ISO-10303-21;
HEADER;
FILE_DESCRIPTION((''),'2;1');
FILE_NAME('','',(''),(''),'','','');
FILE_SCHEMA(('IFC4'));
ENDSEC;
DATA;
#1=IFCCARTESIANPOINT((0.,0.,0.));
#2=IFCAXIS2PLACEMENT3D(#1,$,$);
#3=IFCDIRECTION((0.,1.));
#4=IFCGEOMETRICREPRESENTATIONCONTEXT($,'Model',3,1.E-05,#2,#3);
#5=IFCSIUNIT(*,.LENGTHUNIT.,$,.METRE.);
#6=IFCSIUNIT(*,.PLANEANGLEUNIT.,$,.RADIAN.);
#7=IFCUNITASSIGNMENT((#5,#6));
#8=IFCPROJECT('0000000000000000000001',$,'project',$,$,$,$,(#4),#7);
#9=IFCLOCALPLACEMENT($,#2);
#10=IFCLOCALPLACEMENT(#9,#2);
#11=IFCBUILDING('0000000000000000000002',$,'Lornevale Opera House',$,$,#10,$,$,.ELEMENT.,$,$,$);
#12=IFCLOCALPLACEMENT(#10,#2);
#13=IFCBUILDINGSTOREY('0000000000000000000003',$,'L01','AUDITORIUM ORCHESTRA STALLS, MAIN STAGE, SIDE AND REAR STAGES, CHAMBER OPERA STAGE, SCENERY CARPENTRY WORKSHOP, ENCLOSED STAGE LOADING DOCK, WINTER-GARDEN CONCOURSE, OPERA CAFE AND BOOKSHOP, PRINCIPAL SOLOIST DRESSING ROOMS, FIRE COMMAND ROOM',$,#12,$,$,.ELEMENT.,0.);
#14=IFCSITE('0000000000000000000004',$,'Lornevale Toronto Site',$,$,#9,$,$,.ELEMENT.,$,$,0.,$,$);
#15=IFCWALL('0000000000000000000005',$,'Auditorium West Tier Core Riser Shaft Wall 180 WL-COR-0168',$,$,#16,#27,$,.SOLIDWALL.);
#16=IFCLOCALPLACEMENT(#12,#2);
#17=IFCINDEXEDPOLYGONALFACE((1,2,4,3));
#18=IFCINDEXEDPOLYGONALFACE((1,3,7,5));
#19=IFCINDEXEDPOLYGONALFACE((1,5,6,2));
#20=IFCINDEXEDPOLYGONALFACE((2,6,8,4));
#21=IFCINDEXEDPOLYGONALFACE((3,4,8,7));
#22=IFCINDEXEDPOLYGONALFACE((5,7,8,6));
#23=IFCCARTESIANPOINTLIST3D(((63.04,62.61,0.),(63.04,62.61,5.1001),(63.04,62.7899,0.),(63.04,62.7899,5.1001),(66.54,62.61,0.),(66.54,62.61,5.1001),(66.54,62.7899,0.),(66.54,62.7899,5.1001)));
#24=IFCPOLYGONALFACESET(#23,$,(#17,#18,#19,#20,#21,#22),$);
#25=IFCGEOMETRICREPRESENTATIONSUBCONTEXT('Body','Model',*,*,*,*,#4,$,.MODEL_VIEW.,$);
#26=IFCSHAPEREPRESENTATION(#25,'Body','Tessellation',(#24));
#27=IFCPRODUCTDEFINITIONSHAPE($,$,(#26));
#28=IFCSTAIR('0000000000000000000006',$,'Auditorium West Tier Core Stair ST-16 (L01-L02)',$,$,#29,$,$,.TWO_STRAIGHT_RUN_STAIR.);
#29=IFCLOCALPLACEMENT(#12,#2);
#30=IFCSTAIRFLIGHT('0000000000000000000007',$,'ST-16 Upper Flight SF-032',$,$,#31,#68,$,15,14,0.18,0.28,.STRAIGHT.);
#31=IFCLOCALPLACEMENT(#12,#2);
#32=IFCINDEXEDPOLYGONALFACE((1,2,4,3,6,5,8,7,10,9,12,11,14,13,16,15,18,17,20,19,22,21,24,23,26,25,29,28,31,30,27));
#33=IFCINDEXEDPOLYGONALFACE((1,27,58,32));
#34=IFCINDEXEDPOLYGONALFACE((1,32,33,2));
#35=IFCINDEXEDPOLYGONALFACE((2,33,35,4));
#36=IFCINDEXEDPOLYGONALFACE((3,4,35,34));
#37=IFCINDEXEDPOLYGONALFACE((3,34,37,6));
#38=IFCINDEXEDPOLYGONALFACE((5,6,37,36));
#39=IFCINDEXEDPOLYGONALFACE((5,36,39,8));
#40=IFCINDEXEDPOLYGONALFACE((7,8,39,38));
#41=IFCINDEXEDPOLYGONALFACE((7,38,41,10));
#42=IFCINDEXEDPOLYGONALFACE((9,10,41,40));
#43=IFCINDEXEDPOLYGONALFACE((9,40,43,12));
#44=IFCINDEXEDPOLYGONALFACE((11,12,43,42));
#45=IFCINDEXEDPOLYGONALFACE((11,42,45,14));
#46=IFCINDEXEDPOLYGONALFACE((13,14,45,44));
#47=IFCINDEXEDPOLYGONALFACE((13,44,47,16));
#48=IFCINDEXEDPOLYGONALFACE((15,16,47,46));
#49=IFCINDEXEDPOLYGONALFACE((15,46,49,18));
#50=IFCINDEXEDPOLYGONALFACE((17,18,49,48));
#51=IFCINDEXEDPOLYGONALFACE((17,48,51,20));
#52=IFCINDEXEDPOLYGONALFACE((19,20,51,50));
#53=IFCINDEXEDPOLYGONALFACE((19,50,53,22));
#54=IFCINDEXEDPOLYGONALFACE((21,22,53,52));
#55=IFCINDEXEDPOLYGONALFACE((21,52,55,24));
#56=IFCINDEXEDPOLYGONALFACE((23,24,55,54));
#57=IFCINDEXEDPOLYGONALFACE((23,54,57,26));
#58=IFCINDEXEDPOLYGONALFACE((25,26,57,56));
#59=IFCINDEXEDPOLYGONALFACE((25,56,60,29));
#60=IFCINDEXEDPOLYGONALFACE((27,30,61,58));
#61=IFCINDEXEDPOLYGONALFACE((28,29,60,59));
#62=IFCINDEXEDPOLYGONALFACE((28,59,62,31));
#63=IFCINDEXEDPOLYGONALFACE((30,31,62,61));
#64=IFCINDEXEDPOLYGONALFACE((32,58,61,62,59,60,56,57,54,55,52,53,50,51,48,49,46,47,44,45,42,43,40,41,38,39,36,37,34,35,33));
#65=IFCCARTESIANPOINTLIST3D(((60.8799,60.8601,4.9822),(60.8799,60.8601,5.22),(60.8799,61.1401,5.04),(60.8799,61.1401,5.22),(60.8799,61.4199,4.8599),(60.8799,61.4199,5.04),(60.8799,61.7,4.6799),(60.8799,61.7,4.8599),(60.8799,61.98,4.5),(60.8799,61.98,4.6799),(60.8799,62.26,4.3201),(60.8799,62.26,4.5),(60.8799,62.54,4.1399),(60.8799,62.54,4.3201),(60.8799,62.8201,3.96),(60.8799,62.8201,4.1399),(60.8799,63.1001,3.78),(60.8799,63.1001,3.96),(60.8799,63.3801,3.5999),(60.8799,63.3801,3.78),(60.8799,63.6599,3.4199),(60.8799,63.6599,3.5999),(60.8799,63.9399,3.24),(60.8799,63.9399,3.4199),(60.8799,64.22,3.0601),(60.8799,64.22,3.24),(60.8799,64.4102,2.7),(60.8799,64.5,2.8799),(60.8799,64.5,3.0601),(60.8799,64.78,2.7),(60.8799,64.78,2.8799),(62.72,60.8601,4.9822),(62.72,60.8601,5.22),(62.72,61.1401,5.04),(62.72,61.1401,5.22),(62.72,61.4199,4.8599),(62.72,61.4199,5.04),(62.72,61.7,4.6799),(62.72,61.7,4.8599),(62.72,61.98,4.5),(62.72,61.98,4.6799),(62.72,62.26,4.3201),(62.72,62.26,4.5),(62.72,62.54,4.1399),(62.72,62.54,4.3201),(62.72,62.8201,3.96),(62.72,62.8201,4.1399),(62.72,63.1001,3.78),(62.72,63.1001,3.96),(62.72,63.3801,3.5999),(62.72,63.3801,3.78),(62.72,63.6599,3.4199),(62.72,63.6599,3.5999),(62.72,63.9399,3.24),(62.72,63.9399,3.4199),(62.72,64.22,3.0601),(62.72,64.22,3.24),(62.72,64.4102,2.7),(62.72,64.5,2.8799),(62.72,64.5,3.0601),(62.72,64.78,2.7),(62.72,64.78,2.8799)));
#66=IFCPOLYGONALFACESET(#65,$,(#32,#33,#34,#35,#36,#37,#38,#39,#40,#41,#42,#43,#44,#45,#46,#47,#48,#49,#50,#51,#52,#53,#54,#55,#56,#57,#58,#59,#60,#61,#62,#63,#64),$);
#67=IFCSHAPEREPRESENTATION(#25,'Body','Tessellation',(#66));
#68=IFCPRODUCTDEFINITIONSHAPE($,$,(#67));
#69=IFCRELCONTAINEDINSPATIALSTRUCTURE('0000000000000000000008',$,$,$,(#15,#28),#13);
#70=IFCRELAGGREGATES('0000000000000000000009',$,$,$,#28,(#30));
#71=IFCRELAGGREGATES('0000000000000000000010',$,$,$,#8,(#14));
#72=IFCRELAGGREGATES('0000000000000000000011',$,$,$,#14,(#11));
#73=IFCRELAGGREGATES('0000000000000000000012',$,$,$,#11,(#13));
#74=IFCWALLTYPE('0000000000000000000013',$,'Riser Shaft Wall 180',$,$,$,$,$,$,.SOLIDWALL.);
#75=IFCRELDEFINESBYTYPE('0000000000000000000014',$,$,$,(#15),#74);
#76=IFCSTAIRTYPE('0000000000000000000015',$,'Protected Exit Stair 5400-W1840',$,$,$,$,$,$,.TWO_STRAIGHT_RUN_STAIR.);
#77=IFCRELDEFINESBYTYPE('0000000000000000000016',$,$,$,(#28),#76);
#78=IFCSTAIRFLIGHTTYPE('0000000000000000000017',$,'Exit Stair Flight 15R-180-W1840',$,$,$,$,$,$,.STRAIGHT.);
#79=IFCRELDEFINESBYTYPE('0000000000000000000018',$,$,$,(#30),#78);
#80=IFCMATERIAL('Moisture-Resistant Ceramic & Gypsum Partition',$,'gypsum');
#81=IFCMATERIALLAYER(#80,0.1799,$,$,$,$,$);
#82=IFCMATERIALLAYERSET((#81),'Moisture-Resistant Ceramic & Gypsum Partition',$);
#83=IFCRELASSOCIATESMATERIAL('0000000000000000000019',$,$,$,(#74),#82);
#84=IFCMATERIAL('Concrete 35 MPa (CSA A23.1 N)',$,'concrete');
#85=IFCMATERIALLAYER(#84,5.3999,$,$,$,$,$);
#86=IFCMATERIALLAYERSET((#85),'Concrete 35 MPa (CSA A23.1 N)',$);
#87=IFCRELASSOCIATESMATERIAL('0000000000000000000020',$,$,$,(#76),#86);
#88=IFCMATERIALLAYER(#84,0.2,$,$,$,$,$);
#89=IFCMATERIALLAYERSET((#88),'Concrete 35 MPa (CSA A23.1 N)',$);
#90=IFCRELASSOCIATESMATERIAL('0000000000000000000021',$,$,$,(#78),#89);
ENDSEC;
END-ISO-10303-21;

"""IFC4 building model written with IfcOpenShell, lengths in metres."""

from ifc_helpers import new_model, si_unit, direction, frame, frame_2d, origin, place, context, subcontext, project, spatial, polyline, rectangle, outline, extrude, material, layer, layer_set, type_object, element, aggregate, save


model = new_model("IFC4")

# Units and contexts
model_context = context("Model", 3, precision=1e-05, world=origin(), true_north=direction((0.0, 1.0)))
body_context = subcontext(model_context, "Body", "Model", "MODEL_VIEW")
ifc_project = project(units=[si_unit("LENGTHUNIT", "METRE"), si_unit("PLANEANGLEUNIT", "RADIAN")], contexts=[model_context])

# Site, building, storey
site_placement = place(None, origin())
site = spatial("IfcSite", under=ifc_project, at=site_placement, Name="Lornevale Toronto Site", CompositionType="ELEMENT", RefElevation=0.0)
building_placement = place(site_placement, origin())
building = spatial("IfcBuilding", under=site, at=building_placement, Name="Lornevale Opera House", CompositionType="ELEMENT")
storey_placement = place(building_placement, origin())
storey = spatial("IfcBuildingStorey", under=building, at=storey_placement, Name="L01", Description="AUDITORIUM ORCHESTRA STALLS, MAIN STAGE, SIDE AND REAR STAGES, CHAMBER OPERA STAGE, SCENERY CARPENTRY WORKSHOP, ENCLOSED STAGE LOADING DOCK, WINTER-GARDEN CONCOURSE, OPERA CAFE AND BOOKSHOP, PRINCIPAL SOLOIST DRESSING ROOMS, FIRE COMMAND ROOM", CompositionType="ELEMENT", Elevation=0.0)

# Shared definitions
ifc_material_1 = material(Name="Concrete 35 MPa (CSA A23.1 N)", Category="concrete")

# Wall
ifc_material_2 = material(Name="Moisture-Resistant Ceramic & Gypsum Partition", Category="gypsum")
ifc_layer_1 = layer(ifc_material_2, 0.1799)
ifc_layer_set_1 = layer_set([ifc_layer_1], Name="Moisture-Resistant Ceramic & Gypsum Partition")
wall_type_1 = type_object("IfcWallType", Name="Riser Shaft Wall 180", PredefinedType="SOLIDWALL", material=ifc_layer_set_1)
wall_1_placement = place(storey_placement, frame((63.04, 62.7, 0.0), z_axis=(0.0, 0.0, 1.0), x_axis=(1.0, 0.0, 0.0)))
element("IfcWall", 1, at=wall_1_placement, inside=storey, type_object=wall_type_1, Name="Auditorium West Tier Core Riser Shaft Wall 180 WL-COR-0168", PredefinedType="SOLIDWALL", context=body_context, shape_type="SweptSolid", body=[
    extrude(rectangle(XDim=3.5, YDim=0.1799, at=frame_2d((1.75, 0.0))), origin(), (0.0, 0.0, 1.0), 5.1001),
])

# Stair, stair flight
ifc_layer_2 = layer(ifc_material_1, 5.3999)
ifc_layer_set_2 = layer_set([ifc_layer_2], Name="Concrete 35 MPa (CSA A23.1 N)")
stair_type = type_object("IfcStairType", Name="Protected Exit Stair 5400-W1840", PredefinedType="TWO_STRAIGHT_RUN_STAIR", material=ifc_layer_set_2)
stair_placement = place(storey_placement, origin())
stair = element("IfcStair", 2, at=stair_placement, inside=storey, type_object=stair_type, Name="Auditorium West Tier Core Stair ST-16 (L01-L02)", PredefinedType="TWO_STRAIGHT_RUN_STAIR")
ifc_layer_3 = layer(ifc_material_1, 0.2)
ifc_layer_set_3 = layer_set([ifc_layer_3], Name="Concrete 35 MPa (CSA A23.1 N)")
stair_flight_type = type_object("IfcStairFlightType", Name="Exit Stair Flight 15R-180-W1840", PredefinedType="STRAIGHT", material=ifc_layer_set_3)
stair_flight_placement = place(storey_placement, frame((61.8, 64.78, 2.7), z_axis=(0.0, 0.0, 1.0), x_axis=(0.0, -1.0, 0.0)))
stair_flight = element("IfcStairFlight", 3, at=stair_flight_placement, type_object=stair_flight_type, Name="ST-16 Upper Flight SF-032", NumberOfRisers=15, NumberOfTreads=14, PredefinedType="STRAIGHT", RiserHeight=0.18, TreadLength=0.28, context=body_context, shape_type="SweptSolid", body=[
    extrude(outline(polyline([(0.0, 0.0), (0.0, 0.1799), (0.28, 0.1799), (0.28, 0.3601), (0.5601, 0.3601), (0.5601, 0.54), (0.8401, 0.54), (0.8401, 0.72), (1.1201, 0.72), (1.1201, 0.8999), (1.3999, 0.8999), (1.3999, 1.0801), (1.6799, 1.0801), (1.6799, 1.26), (1.96, 1.26), (1.96, 1.4399), (2.24, 1.4399), (2.24, 1.6201), (2.52, 1.6201), (2.52, 1.8), (2.8, 1.8), (2.8, 1.98), (3.0801, 1.98), (3.0801, 2.1599), (3.3601, 2.1599), (3.3601, 2.3401), (3.6399, 2.3401), (3.6399, 2.52), (3.9199, 2.52), (3.9199, 2.2822), (0.3699, 0.0), (0.0, 0.0)])), frame((0.0, 0.9199, 0.0), z_axis=(0.0, -1.0, 0.0), x_axis=(1.0, 0.0, 0.0)), (0.0, 0.0, 1.0), 1.8401),
])
aggregate(stair, [stair_flight])

save(model, "model.ifc")
